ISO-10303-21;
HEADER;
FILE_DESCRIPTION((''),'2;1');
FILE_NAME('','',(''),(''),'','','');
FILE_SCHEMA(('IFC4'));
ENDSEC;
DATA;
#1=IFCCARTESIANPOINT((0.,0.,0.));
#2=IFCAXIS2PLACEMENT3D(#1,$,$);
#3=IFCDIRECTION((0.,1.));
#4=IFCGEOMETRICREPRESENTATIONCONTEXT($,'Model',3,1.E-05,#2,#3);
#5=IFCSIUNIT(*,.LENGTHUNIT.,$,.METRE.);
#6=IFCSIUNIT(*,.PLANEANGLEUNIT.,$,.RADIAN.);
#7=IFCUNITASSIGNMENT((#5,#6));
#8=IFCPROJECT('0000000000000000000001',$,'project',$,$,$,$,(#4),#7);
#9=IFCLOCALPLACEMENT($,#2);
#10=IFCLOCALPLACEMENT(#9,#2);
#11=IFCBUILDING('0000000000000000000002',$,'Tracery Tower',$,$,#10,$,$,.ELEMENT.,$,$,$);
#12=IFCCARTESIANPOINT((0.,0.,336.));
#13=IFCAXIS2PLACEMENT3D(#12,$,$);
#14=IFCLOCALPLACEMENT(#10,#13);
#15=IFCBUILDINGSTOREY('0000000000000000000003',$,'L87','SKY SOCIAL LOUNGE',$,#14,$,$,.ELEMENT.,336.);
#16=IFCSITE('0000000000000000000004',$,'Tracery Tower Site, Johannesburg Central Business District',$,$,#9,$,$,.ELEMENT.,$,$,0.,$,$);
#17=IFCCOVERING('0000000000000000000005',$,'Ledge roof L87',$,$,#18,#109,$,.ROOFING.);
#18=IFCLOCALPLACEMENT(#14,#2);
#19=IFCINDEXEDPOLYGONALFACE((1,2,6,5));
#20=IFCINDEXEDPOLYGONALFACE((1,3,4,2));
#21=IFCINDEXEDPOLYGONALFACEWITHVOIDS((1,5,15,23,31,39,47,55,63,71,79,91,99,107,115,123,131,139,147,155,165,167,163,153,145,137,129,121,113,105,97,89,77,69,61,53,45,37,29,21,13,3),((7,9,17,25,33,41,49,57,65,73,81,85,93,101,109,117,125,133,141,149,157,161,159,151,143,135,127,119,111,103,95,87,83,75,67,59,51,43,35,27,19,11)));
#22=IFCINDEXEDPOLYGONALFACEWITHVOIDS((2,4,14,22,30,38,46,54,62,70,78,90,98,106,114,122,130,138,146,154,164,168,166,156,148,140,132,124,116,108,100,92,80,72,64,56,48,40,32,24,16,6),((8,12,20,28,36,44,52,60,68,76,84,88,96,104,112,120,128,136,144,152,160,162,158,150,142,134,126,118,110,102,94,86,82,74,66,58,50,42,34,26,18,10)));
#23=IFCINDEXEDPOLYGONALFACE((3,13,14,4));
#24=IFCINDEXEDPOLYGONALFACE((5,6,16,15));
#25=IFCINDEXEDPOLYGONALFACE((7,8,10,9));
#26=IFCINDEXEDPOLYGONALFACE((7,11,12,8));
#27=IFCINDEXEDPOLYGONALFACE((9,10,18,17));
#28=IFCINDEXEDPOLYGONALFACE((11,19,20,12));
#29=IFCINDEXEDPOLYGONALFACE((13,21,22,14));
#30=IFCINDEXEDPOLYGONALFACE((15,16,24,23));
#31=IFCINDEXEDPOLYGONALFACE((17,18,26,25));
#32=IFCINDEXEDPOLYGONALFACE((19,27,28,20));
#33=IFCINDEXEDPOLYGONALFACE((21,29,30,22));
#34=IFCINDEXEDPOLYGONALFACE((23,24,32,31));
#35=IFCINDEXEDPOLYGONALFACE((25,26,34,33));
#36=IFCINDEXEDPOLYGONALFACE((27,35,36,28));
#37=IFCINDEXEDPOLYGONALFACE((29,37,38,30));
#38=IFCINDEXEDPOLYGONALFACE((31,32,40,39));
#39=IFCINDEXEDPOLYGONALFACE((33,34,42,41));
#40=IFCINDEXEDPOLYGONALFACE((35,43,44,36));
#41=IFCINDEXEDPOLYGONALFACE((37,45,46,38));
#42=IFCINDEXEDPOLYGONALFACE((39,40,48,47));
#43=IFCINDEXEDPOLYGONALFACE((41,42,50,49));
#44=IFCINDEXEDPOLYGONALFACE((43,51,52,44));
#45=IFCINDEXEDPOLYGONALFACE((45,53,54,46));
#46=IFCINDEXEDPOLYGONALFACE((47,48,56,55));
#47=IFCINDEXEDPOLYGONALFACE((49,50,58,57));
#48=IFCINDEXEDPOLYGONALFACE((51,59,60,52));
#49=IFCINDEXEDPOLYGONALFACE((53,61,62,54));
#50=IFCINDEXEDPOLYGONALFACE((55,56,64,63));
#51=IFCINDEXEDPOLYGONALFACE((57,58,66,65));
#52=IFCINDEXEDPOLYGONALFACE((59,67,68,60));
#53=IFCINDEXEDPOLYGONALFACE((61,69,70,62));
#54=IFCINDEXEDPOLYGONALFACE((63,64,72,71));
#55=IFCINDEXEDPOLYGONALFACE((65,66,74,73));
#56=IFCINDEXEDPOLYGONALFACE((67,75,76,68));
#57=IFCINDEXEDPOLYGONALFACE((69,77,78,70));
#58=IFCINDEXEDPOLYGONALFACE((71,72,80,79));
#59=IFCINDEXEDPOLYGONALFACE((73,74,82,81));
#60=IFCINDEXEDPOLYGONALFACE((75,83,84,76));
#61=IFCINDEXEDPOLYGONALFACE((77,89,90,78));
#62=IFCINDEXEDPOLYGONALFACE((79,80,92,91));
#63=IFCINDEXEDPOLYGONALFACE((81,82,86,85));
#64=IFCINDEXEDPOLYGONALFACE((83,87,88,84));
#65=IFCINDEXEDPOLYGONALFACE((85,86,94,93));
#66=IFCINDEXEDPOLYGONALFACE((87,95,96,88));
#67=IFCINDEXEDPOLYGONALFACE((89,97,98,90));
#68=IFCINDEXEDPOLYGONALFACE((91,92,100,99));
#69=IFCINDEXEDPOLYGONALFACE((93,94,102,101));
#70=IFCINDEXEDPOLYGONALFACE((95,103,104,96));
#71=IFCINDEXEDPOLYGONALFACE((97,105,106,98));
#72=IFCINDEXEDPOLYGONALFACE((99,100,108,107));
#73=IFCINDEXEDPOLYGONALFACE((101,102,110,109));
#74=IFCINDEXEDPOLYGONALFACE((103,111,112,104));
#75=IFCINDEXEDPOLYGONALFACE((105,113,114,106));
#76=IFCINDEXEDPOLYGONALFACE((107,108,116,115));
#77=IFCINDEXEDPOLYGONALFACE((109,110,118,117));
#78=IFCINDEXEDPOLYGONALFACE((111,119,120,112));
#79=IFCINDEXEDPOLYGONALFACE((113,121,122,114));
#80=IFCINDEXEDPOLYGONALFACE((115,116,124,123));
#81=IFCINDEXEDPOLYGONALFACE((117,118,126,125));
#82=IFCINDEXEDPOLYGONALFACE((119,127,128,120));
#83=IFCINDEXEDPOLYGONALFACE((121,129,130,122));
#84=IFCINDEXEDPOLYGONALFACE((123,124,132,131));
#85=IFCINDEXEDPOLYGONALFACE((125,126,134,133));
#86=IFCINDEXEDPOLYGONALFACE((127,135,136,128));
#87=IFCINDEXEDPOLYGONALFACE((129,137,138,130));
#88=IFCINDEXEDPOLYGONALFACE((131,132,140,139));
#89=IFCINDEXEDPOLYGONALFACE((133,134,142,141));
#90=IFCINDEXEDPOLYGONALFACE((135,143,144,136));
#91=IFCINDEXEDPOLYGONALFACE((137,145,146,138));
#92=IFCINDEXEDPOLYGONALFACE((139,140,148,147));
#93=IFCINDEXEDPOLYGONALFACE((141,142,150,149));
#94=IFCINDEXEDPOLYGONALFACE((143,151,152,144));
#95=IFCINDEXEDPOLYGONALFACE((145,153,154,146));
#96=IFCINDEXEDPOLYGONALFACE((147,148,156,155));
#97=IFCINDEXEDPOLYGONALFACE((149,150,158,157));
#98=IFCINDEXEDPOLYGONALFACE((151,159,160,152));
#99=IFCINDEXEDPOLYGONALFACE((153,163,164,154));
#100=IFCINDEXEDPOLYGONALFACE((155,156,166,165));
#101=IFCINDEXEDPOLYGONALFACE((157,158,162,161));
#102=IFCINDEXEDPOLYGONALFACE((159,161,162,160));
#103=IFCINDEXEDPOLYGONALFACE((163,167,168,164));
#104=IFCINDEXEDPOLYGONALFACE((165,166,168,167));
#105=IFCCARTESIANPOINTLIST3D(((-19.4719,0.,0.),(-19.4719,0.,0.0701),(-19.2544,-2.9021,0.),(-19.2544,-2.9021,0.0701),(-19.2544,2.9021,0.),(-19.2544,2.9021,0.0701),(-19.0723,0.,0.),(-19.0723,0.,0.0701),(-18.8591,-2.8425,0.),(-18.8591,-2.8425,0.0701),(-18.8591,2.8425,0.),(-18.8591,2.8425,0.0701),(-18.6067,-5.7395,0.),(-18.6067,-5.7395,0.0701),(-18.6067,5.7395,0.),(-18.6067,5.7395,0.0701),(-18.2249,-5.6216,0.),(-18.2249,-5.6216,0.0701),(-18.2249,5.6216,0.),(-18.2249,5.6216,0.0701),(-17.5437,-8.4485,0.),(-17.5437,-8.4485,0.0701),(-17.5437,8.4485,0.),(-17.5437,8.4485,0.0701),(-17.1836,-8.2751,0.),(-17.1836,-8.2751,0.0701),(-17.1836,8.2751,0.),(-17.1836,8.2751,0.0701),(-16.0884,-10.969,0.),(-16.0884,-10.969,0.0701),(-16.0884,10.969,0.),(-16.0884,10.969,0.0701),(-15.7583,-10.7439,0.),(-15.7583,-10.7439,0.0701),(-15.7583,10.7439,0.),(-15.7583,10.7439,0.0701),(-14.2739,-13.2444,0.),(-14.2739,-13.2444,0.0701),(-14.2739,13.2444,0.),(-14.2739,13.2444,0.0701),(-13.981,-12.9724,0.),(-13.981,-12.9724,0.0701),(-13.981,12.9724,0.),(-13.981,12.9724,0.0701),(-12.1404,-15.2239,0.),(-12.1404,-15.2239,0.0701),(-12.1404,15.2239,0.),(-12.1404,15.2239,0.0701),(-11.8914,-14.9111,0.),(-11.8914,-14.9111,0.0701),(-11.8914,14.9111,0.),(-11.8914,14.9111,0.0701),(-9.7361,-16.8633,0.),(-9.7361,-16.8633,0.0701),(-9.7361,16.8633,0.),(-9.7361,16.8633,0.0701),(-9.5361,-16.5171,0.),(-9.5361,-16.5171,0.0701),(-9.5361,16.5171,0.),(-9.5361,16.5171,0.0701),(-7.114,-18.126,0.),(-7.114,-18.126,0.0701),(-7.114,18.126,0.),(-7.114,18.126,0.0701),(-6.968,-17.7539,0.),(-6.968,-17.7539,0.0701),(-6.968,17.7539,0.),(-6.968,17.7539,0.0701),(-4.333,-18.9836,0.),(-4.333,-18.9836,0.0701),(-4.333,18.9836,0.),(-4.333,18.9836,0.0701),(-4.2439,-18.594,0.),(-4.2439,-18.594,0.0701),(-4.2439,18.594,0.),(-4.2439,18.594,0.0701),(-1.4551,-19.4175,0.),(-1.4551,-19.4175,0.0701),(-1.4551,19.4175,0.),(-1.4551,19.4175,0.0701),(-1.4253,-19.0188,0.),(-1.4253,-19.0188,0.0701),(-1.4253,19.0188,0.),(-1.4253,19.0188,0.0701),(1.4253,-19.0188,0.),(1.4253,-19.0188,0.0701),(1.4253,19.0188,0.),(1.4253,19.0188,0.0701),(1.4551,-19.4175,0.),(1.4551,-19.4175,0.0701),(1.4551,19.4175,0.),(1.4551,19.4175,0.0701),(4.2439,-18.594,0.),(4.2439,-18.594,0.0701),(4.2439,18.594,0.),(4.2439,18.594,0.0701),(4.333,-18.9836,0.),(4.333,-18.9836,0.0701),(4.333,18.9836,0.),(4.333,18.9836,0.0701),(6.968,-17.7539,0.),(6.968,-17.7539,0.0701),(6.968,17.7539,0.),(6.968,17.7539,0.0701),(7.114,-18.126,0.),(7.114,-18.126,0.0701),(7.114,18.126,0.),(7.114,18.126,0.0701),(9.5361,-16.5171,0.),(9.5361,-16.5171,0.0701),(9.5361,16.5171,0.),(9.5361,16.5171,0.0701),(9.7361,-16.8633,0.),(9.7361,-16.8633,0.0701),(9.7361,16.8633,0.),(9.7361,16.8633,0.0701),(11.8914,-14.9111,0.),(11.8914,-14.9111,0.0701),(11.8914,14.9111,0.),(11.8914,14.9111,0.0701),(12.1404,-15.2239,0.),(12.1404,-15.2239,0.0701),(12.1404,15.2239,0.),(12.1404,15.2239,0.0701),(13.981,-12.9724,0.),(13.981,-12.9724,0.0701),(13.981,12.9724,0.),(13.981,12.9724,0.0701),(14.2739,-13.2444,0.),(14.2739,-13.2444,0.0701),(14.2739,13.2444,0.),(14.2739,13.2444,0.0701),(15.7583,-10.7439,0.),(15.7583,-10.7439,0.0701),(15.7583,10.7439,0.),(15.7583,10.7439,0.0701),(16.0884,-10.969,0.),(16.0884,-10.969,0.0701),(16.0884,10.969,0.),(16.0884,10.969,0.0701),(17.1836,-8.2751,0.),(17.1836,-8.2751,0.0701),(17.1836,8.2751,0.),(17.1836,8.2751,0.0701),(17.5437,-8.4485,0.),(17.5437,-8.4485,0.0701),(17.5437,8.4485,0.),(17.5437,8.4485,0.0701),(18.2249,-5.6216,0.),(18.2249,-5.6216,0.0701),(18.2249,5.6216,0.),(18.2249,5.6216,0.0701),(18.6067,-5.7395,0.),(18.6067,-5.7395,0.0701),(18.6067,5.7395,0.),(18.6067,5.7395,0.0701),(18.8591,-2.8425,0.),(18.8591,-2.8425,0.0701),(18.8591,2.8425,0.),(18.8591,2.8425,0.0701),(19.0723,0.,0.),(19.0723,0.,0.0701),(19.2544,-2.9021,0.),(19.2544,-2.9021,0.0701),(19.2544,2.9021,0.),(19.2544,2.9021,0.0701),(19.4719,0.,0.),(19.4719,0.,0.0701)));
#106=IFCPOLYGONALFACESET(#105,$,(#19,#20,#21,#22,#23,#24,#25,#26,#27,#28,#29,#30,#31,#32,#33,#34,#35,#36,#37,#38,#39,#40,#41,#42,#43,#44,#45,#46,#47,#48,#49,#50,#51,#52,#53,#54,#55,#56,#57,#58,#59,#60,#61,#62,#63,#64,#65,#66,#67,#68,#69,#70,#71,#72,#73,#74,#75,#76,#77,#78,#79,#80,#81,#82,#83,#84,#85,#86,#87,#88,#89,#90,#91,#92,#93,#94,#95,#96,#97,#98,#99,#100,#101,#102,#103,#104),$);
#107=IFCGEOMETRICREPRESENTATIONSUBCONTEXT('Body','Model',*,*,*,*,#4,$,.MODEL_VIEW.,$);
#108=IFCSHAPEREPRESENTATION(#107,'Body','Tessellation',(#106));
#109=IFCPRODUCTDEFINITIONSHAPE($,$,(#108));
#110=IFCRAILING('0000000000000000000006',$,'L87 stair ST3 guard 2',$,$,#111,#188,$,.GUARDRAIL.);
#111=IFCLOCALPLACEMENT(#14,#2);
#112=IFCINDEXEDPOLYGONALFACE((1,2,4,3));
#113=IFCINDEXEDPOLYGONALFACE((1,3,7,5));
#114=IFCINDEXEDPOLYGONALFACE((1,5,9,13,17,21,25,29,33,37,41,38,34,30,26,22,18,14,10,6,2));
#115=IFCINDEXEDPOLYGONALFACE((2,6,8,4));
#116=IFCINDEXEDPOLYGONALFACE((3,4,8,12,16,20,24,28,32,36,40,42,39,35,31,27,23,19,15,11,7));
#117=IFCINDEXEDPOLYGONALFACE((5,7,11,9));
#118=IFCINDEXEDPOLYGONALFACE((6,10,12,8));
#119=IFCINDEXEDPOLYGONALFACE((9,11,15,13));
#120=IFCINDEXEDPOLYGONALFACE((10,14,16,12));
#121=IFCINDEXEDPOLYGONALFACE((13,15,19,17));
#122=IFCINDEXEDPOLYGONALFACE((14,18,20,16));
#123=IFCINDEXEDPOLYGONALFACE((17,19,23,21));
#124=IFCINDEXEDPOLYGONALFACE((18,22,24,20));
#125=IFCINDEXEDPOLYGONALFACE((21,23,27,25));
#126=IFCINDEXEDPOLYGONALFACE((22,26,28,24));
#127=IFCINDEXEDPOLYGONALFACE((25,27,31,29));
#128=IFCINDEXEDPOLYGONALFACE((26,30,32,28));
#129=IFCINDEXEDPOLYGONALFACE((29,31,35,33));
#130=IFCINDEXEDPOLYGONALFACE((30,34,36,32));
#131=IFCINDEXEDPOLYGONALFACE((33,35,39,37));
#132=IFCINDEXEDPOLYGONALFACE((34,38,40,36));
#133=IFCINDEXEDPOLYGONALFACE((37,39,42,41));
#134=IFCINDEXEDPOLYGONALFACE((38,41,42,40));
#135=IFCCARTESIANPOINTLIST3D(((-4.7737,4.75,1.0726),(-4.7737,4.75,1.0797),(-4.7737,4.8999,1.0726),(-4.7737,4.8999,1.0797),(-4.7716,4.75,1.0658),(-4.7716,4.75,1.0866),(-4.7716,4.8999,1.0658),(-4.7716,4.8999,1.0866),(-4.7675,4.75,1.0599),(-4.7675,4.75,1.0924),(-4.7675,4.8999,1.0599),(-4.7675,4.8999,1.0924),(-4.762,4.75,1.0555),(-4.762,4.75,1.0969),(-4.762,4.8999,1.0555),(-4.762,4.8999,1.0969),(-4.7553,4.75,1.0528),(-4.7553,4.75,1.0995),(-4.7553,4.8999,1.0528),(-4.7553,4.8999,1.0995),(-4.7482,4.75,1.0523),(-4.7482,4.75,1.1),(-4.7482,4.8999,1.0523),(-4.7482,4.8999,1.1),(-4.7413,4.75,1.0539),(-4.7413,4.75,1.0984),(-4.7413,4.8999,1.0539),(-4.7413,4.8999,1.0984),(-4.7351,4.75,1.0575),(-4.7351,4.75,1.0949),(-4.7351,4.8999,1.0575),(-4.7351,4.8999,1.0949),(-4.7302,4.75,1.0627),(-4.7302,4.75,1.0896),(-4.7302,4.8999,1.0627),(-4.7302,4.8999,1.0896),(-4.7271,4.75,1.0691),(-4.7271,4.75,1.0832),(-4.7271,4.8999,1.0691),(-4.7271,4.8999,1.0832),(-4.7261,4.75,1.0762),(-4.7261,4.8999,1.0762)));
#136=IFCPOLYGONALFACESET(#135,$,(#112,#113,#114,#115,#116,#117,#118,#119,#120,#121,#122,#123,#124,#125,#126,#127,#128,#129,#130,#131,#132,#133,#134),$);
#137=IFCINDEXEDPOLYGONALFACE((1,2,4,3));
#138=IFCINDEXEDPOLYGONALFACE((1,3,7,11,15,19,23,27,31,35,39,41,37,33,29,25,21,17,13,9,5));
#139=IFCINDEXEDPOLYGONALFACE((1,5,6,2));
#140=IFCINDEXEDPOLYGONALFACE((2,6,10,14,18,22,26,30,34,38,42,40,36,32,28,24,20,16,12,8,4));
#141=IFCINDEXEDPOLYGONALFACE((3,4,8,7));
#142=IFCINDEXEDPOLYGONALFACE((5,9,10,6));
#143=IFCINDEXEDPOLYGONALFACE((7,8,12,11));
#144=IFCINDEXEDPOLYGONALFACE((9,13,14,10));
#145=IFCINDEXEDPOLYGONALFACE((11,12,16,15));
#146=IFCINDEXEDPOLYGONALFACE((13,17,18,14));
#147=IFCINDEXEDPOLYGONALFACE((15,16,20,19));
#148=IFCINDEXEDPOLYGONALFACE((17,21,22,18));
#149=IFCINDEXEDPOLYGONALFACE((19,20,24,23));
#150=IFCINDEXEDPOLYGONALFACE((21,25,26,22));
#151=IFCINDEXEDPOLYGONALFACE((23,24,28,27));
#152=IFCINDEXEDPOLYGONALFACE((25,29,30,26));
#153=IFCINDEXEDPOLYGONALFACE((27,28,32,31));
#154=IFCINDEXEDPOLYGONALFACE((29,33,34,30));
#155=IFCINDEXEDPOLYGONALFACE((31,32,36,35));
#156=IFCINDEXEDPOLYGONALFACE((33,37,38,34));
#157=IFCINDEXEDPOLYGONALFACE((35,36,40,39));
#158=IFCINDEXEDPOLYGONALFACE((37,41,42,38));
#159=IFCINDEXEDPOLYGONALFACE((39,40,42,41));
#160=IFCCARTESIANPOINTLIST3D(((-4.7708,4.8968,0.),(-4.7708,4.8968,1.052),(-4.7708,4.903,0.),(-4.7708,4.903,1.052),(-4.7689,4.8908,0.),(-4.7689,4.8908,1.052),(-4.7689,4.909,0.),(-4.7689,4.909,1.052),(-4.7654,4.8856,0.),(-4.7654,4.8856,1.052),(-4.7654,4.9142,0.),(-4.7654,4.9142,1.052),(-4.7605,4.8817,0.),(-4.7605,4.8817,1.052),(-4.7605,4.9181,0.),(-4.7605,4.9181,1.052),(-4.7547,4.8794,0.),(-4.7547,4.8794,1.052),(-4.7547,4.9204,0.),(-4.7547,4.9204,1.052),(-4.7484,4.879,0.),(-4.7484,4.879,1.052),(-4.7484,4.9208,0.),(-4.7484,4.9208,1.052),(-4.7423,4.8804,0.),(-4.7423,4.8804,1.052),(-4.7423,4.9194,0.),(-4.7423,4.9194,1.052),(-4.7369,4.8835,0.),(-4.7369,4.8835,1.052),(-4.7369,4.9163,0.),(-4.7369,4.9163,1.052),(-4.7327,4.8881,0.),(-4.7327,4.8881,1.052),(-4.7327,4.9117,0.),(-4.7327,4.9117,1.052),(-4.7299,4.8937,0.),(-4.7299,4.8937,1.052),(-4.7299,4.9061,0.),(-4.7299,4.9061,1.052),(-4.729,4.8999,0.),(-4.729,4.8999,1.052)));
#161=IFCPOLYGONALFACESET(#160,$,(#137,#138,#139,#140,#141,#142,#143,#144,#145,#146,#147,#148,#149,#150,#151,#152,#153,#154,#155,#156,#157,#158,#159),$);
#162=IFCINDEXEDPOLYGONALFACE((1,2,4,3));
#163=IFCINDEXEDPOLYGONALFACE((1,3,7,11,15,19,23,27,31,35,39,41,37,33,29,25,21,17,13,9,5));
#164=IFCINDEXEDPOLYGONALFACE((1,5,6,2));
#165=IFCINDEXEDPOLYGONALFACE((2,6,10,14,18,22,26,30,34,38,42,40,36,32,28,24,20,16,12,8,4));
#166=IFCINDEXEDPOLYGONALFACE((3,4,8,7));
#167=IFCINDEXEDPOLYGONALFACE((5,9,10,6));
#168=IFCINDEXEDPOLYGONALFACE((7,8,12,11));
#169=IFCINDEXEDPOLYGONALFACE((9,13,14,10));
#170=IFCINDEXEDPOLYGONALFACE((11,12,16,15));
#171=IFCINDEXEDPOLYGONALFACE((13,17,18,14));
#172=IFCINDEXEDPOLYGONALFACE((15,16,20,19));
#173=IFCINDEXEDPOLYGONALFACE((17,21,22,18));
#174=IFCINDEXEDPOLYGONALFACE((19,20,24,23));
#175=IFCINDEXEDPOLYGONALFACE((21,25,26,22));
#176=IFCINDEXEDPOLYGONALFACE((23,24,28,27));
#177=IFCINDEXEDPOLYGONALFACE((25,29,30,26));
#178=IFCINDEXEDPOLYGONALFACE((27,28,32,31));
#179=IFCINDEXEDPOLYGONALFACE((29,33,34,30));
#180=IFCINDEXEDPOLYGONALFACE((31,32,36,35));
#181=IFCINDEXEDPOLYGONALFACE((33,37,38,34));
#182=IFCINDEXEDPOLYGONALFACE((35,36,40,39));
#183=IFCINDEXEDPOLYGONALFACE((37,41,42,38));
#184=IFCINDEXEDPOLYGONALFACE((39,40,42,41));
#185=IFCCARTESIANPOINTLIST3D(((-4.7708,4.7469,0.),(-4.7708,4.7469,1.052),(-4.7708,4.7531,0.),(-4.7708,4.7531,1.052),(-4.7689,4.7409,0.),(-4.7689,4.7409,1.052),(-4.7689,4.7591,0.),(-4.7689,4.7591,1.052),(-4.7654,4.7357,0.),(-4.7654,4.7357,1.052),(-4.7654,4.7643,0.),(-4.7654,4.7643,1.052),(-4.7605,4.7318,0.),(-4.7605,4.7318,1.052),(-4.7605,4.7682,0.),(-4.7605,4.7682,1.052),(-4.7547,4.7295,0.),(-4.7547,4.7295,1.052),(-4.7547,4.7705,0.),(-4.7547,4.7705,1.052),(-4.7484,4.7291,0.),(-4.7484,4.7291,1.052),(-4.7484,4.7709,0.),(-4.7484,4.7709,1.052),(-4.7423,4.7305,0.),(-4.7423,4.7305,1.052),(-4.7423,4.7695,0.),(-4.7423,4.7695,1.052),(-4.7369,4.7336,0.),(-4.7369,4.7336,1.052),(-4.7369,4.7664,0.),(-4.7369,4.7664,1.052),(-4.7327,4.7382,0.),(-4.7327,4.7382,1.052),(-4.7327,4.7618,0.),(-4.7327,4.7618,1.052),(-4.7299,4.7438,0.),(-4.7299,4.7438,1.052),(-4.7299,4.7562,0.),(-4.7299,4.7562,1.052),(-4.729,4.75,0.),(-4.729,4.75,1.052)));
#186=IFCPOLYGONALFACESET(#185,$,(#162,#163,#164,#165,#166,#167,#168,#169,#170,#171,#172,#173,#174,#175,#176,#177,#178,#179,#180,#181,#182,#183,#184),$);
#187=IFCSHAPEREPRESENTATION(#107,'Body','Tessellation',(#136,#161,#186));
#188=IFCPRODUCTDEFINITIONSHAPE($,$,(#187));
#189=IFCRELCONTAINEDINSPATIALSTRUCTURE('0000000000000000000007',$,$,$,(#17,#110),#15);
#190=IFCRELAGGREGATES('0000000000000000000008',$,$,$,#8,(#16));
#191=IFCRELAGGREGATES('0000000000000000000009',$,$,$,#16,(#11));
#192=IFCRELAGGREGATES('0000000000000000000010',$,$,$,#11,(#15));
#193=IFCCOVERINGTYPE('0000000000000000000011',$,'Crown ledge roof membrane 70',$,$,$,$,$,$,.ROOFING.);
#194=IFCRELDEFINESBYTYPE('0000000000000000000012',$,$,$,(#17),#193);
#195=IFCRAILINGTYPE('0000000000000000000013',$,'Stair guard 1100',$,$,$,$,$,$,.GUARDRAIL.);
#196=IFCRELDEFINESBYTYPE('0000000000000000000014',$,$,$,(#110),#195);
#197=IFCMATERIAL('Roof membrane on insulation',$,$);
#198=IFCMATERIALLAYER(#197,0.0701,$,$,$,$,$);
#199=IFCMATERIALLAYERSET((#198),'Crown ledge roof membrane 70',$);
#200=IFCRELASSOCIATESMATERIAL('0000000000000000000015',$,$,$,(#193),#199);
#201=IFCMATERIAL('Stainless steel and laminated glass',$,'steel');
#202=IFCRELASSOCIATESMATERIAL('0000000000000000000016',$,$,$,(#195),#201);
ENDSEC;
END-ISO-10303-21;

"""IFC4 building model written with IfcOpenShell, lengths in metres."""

from ifc_helpers import new_model, si_unit, direction, frame, origin, origin_2d, place, context, subcontext, project, spatial, polyline, circle, outline, extrude, material, layer, layer_set, type_object, element, save


model = new_model("IFC4")

# Units and contexts
model_context = context("Model", 3, precision=1e-05, world=origin(), true_north=direction((0.0, 1.0)))
body_context = subcontext(model_context, "Body", "Model", "MODEL_VIEW")
ifc_project = project(units=[si_unit("LENGTHUNIT", "METRE"), si_unit("PLANEANGLEUNIT", "RADIAN")], contexts=[model_context])

# Site, building, storey
site_placement = place(None, origin())
site = spatial("IfcSite", under=ifc_project, at=site_placement, Name="Tracery Tower Site, Johannesburg Central Business District", CompositionType="ELEMENT", RefElevation=0.0)
building_placement = place(site_placement, origin())
building = spatial("IfcBuilding", under=site, at=building_placement, Name="Tracery Tower", CompositionType="ELEMENT")
storey_placement = place(building_placement, frame((0.0, 0.0, 336.0)))
storey = spatial("IfcBuildingStorey", under=building, at=storey_placement, Name="L87", Description="SKY SOCIAL LOUNGE", CompositionType="ELEMENT", Elevation=336.0)

# Covering
ifc_material_1 = material(Name="Roof membrane on insulation")
ifc_layer_1 = layer(ifc_material_1, 0.0701)
ifc_layer_set_1 = layer_set([ifc_layer_1], Name="Crown ledge roof membrane 70")
covering_type = type_object("IfcCoveringType", Name="Crown ledge roof membrane 70", PredefinedType="ROOFING", material=ifc_layer_set_1)
covering_placement = place(storey_placement, origin())
element("IfcCovering", 1, at=covering_placement, inside=storey, type_object=covering_type, Name="Ledge roof L87", PredefinedType="ROOFING", context=body_context, shape_type="SweptSolid", body=[
    extrude(outline(polyline([(19.4719, 0.0), (19.2544, 2.9021), (18.6067, 5.7395), (17.5437, 8.4485), (16.0884, 10.969), (14.2739, 13.2444), (12.1404, 15.2239), (9.7361, 16.8633), (7.114, 18.126), (4.333, 18.9836), (1.4551, 19.4175), (-1.4551, 19.4175), (-4.333, 18.9836), (-7.114, 18.126), (-9.7361, 16.8633), (-12.1404, 15.2239), (-14.2739, 13.2444), (-16.0884, 10.969), (-17.5437, 8.4485), (-18.6067, 5.7395), (-19.2544, 2.9021), (-19.4719, 0.0), (-19.2544, -2.9021), (-18.6067, -5.7395), (-17.5437, -8.4485), (-16.0884, -10.969), (-14.2739, -13.2444), (-12.1404, -15.2239), (-9.7361, -16.8633), (-7.114, -18.126), (-4.333, -18.9836), (-1.4551, -19.4175), (1.4551, -19.4175), (4.333, -18.9836), (7.114, -18.126), (9.7361, -16.8633), (12.1404, -15.2239), (14.2739, -13.2444), (16.0884, -10.969), (17.5437, -8.4485), (18.6067, -5.7395), (19.2544, -2.9021), (19.4719, 0.0)]), holes=[polyline([(19.0723, 0.0), (18.8591, -2.8425), (18.2249, -5.6216), (17.1836, -8.2751), (15.7583, -10.7439), (13.981, -12.9724), (11.8914, -14.9111), (9.5361, -16.5171), (6.968, -17.7539), (4.2439, -18.594), (1.4253, -19.0188), (-1.4253, -19.0188), (-4.2439, -18.594), (-6.968, -17.7539), (-9.5361, -16.5171), (-11.8914, -14.9111), (-13.981, -12.9724), (-15.7583, -10.7439), (-17.1836, -8.2751), (-18.2249, -5.6216), (-18.8591, -2.8425), (-19.0723, 0.0), (-18.8591, 2.8425), (-18.2249, 5.6216), (-17.1836, 8.2751), (-15.7583, 10.7439), (-13.981, 12.9724), (-11.8914, 14.9111), (-9.5361, 16.5171), (-6.968, 17.7539), (-4.2439, 18.594), (-1.4253, 19.0188), (1.4253, 19.0188), (4.2439, 18.594), (6.968, 17.7539), (9.5361, 16.5171), (11.8914, 14.9111), (13.981, 12.9724), (15.7583, 10.7439), (17.1836, 8.2751), (18.2249, 5.6216), (18.8591, 2.8425), (19.0723, 0.0)])]), origin(), (0.0, 0.0, 1.0), 0.0701),
])

# Railing
ifc_material_2 = material(Name="Stainless steel and laminated glass", Category="steel")
railing_type_1 = type_object("IfcRailingType", Name="Stair guard 1100", PredefinedType="GUARDRAIL", material=ifc_material_2)
railing_1_placement = place(storey_placement, frame((-4.75, 4.8999, 0.0)))
element("IfcRailing", 2, at=railing_1_placement, inside=storey, type_object=railing_type_1, Name="L87 stair ST3 guard 2", PredefinedType="GUARDRAIL", context=body_context, shape_type="SweptSolid", body=[
    extrude(circle(Radius=0.0239, at=origin_2d()), frame((0.0, 0.0, 1.0762), z_axis=(0.0, -1.0, 0.0), x_axis=(1.0, 0.0, 0.0)), (0.0, 0.0, 1.0), 0.1499),
    extrude(circle(Radius=0.021, at=origin_2d()), origin(), (0.0, 0.0, 1.0), 1.052),
    extrude(circle(Radius=0.021, at=origin_2d()), frame((0.0, -0.1499, 0.0)), (0.0, 0.0, 1.0), 1.052),
])

save(model, "model.ifc")
